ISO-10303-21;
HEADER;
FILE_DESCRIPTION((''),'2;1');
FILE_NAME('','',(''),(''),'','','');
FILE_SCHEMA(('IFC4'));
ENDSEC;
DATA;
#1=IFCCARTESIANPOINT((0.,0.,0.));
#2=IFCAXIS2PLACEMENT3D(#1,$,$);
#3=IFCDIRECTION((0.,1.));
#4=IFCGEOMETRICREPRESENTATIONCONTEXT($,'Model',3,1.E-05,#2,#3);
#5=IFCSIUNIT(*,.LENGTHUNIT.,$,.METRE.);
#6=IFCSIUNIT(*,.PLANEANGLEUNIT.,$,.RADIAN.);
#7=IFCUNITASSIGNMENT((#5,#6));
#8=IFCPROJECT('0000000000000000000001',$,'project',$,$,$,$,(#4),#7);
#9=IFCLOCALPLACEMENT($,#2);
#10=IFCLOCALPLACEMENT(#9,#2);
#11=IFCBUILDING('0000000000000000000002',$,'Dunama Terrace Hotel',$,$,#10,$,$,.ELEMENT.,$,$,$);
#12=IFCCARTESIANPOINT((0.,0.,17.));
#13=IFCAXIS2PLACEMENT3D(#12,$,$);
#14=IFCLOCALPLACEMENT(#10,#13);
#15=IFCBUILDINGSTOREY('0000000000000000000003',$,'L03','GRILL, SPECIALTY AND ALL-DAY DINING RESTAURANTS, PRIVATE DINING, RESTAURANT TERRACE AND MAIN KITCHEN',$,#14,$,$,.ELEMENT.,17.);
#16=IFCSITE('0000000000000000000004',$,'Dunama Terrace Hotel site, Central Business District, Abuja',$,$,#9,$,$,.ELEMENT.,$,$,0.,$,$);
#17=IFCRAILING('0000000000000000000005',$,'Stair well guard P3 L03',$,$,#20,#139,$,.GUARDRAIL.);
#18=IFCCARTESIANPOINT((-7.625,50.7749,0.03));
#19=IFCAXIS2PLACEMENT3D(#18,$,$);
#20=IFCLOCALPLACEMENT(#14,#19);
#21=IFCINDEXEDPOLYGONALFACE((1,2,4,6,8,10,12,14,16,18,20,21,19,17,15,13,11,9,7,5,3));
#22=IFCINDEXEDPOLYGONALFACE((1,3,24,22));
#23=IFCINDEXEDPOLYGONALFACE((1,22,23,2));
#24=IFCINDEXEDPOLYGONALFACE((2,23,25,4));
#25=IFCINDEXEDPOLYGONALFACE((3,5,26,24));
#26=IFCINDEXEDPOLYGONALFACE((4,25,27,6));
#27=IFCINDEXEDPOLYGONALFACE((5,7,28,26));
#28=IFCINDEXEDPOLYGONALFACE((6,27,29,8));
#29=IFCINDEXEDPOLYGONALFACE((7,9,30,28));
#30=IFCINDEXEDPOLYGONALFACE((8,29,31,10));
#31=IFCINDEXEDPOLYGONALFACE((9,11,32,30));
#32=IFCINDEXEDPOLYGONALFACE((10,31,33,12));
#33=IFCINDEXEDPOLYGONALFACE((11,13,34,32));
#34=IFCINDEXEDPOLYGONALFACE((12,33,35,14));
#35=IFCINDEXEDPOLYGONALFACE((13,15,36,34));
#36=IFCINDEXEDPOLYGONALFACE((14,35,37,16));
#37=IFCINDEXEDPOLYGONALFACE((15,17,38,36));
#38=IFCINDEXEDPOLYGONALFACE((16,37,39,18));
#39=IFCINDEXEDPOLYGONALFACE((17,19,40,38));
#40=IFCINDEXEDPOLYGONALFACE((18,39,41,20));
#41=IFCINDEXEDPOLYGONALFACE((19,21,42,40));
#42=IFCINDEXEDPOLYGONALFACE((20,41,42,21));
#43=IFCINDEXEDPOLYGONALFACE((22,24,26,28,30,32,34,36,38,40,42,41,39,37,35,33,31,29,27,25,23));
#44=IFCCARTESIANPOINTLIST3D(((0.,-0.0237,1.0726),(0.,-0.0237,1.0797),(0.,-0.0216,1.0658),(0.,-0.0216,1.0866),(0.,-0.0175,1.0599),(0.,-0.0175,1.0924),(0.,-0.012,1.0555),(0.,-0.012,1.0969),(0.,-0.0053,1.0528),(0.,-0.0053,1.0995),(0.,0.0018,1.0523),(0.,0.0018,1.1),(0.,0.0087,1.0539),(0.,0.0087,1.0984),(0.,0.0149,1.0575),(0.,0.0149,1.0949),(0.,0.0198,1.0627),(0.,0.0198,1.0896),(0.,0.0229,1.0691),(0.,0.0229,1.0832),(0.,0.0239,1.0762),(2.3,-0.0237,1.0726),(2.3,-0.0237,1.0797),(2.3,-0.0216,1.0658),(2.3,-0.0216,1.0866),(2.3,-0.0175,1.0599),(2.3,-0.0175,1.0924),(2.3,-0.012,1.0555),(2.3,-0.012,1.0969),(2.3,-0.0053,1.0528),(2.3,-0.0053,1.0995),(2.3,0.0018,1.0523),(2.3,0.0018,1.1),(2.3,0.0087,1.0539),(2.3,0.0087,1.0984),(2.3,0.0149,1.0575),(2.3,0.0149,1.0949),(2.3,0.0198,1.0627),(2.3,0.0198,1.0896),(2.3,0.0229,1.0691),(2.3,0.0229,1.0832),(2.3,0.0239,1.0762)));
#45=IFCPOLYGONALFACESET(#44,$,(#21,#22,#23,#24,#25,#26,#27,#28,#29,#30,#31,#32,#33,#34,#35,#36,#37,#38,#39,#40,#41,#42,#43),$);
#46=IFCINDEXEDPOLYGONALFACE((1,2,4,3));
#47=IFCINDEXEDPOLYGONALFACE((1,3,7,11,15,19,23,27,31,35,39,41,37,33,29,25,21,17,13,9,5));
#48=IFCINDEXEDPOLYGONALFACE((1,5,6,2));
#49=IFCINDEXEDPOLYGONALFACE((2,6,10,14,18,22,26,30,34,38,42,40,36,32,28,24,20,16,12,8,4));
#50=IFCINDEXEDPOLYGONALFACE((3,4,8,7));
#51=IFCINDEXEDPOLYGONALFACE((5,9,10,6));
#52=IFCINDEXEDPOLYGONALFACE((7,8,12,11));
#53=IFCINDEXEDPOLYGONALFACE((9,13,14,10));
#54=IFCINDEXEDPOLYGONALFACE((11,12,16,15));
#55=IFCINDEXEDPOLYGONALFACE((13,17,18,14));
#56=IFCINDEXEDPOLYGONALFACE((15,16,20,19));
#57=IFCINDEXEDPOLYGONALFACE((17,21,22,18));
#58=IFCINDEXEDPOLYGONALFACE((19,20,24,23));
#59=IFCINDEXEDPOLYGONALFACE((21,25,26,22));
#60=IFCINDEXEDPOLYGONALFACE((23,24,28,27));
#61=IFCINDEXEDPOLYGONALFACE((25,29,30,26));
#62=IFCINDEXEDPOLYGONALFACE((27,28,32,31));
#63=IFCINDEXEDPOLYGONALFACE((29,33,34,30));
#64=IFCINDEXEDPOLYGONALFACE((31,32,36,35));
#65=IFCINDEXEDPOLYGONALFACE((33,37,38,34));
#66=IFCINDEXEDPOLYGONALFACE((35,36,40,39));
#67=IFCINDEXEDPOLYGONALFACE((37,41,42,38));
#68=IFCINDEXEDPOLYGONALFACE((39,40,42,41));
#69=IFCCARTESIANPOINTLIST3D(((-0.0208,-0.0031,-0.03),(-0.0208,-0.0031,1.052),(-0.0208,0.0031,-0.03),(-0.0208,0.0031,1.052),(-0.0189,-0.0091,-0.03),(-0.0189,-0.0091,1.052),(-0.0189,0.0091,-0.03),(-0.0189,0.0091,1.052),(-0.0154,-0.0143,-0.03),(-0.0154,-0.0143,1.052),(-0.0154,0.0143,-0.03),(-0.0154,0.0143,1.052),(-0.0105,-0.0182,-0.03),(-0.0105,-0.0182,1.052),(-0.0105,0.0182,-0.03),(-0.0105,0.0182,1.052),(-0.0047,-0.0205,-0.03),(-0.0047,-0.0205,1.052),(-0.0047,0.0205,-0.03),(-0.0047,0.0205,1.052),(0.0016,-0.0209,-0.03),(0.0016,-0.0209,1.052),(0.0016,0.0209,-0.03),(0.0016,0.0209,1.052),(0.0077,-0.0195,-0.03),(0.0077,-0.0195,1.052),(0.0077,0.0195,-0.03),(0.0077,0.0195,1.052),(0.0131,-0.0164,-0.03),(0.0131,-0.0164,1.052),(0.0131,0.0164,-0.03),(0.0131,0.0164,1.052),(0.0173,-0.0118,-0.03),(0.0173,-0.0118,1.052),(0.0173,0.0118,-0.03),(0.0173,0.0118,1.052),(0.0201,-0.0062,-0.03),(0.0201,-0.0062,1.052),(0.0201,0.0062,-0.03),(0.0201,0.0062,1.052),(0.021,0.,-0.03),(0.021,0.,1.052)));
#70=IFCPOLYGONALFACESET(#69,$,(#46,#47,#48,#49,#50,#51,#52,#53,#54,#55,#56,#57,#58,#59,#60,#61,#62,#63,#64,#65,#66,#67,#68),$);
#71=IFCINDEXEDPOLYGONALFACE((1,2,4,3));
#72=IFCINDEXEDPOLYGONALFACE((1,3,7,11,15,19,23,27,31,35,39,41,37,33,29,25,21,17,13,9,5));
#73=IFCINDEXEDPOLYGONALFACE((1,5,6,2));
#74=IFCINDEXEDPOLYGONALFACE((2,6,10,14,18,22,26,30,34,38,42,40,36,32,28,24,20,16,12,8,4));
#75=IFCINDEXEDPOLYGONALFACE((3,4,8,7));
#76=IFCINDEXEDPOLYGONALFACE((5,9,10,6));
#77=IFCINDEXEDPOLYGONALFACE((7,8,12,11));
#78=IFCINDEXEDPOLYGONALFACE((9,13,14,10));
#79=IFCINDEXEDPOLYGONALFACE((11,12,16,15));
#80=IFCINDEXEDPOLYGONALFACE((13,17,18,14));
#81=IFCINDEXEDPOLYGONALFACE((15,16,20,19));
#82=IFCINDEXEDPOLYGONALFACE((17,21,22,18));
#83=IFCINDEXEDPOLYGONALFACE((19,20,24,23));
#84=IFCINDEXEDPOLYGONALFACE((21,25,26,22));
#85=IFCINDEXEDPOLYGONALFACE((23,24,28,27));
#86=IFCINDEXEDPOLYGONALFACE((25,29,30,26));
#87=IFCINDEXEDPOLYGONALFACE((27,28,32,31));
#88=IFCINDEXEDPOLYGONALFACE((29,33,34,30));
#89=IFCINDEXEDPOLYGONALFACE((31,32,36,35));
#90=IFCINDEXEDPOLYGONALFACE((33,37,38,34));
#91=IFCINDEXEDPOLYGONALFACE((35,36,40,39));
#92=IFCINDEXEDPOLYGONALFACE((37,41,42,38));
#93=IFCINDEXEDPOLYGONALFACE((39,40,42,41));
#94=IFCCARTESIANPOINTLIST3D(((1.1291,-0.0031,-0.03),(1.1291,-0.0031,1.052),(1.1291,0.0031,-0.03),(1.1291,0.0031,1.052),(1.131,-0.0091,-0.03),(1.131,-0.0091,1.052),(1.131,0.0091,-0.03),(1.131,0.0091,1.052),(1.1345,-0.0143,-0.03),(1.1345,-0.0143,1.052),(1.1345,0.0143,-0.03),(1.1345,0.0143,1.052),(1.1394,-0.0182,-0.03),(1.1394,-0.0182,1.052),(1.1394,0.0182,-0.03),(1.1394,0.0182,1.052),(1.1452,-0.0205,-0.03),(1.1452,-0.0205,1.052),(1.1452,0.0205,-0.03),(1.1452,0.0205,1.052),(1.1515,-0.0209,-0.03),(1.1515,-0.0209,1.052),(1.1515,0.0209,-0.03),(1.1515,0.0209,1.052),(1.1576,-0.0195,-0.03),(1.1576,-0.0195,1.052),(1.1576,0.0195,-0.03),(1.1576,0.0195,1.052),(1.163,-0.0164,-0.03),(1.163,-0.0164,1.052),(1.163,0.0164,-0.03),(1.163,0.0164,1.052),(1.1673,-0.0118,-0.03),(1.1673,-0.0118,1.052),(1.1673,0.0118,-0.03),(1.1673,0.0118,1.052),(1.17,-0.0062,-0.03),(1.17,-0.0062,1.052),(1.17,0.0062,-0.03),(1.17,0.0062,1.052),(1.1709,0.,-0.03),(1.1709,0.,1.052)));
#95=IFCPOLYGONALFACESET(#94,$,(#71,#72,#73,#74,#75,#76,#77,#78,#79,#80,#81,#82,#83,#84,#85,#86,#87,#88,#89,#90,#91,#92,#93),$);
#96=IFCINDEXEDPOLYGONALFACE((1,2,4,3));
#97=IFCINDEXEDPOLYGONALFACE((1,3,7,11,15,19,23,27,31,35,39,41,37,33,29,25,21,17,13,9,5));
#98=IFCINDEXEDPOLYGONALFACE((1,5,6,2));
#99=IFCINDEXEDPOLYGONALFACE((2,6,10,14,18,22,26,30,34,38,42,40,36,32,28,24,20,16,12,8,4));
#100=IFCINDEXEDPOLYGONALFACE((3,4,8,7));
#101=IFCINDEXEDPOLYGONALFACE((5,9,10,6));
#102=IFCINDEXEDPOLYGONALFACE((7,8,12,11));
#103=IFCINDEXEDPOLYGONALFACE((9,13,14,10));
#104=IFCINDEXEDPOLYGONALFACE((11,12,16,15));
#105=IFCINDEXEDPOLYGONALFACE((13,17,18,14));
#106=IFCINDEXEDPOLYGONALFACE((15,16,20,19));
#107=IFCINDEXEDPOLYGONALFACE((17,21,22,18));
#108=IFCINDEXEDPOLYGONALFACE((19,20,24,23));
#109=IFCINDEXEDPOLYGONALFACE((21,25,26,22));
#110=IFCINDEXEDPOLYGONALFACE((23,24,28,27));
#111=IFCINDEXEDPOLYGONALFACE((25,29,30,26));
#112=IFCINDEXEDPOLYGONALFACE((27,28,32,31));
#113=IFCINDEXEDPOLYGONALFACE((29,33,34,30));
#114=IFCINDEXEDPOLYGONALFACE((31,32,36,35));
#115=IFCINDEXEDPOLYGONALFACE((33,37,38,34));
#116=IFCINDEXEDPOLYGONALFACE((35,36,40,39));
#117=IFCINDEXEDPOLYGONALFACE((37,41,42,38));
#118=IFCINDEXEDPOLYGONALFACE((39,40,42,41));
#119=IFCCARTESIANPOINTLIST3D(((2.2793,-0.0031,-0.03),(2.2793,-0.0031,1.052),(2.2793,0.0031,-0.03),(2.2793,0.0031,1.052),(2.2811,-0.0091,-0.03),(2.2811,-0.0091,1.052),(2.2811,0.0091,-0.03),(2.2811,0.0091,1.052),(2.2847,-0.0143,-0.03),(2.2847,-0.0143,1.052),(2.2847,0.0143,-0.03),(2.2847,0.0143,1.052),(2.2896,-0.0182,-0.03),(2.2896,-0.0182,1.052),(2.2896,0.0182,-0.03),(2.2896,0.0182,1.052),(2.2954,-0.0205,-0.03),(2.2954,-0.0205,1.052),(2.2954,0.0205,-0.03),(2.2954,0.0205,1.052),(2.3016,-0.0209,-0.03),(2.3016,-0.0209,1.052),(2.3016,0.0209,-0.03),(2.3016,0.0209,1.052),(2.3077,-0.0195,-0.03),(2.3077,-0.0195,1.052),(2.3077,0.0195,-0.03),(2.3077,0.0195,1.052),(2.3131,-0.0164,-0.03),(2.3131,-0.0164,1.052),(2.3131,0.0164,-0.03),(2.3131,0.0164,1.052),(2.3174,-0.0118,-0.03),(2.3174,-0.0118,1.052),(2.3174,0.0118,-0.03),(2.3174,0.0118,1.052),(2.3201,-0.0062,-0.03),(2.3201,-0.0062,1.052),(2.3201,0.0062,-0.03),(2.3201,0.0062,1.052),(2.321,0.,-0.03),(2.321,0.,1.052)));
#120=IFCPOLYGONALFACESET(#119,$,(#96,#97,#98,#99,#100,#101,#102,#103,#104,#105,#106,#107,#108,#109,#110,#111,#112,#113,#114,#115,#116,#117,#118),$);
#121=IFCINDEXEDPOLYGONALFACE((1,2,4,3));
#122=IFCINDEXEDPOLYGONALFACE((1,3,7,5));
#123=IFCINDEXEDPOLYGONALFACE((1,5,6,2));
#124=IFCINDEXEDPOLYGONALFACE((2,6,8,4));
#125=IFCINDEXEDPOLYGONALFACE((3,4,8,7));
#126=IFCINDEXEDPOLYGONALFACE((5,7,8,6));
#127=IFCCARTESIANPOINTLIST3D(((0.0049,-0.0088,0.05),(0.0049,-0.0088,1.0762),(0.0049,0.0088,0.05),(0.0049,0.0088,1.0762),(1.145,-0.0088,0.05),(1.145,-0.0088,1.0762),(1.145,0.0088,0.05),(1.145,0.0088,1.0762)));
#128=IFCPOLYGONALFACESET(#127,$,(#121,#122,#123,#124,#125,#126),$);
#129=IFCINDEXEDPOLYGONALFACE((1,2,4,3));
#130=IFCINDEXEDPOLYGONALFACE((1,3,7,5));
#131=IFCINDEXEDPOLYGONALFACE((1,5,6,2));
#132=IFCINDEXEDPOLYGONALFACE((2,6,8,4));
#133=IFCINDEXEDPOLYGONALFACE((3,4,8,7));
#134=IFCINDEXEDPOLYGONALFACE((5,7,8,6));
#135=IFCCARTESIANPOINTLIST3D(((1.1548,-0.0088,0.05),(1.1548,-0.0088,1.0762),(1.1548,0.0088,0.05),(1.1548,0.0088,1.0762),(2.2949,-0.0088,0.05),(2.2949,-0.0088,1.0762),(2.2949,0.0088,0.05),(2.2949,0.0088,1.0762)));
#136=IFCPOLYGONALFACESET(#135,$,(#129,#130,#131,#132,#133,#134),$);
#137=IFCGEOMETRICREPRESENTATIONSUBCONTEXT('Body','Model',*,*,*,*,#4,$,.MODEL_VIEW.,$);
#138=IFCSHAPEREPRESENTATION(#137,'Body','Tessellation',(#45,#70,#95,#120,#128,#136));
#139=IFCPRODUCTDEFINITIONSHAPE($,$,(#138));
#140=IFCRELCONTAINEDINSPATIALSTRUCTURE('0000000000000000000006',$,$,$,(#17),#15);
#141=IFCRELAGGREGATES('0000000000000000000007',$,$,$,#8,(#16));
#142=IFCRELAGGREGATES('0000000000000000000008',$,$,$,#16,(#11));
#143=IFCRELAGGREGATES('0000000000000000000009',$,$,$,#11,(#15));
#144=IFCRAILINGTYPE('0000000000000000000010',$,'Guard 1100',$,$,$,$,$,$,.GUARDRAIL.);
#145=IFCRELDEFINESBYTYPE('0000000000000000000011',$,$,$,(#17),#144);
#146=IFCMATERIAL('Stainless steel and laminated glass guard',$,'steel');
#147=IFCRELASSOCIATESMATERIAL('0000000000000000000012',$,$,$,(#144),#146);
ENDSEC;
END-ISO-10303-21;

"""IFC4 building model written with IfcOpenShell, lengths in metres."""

from ifc_helpers import new_model, si_unit, direction, frame, origin, origin_2d, place, context, subcontext, project, spatial, polyline, circle, outline, extrude, material, type_object, element, save


model = new_model("IFC4")

# Units and contexts
model_context = context("Model", 3, precision=1e-05, world=origin(), true_north=direction((0.0, 1.0)))
body_context = subcontext(model_context, "Body", "Model", "MODEL_VIEW")
ifc_project = project(units=[si_unit("LENGTHUNIT", "METRE"), si_unit("PLANEANGLEUNIT", "RADIAN")], contexts=[model_context])

# Site, building, storey
site_placement = place(None, origin())
site = spatial("IfcSite", under=ifc_project, at=site_placement, Name="Dunama Terrace Hotel site, Central Business District, Abuja", CompositionType="ELEMENT", RefElevation=0.0)
building_placement = place(site_placement, origin())
building = spatial("IfcBuilding", under=site, at=building_placement, Name="Dunama Terrace Hotel", CompositionType="ELEMENT")
storey_placement = place(building_placement, frame((0.0, 0.0, 17.0)))
storey = spatial("IfcBuildingStorey", under=building, at=storey_placement, Name="L03", Description="GRILL, SPECIALTY AND ALL-DAY DINING RESTAURANTS, PRIVATE DINING, RESTAURANT TERRACE AND MAIN KITCHEN", CompositionType="ELEMENT", Elevation=17.0)

# Railing
ifc_material_1 = material(Name="Stainless steel and laminated glass guard", Category="steel")
railing_type = type_object("IfcRailingType", Name="Guard 1100", PredefinedType="GUARDRAIL", material=ifc_material_1)
railing_1_placement = place(storey_placement, frame((-7.625, 50.7749, 0.03)))
element("IfcRailing", 1, at=railing_1_placement, inside=storey, type_object=railing_type, Name="Stair well guard P3 L03", PredefinedType="GUARDRAIL", context=body_context, shape_type="SweptSolid", body=[
    extrude(circle(Radius=0.0239, at=origin_2d()), frame((0.0, 0.0, 1.0762), z_axis=(1.0, 0.0, 0.0), x_axis=(0.0, 1.0, 0.0)), (0.0, 0.0, 1.0), 2.3),
    extrude(circle(Radius=0.021, at=origin_2d()), frame((0.0, 0.0, -0.03)), (0.0, 0.0, 1.0), 1.082),
    extrude(circle(Radius=0.021, at=origin_2d()), frame((1.1499, 0.0, -0.03)), (0.0, 0.0, 1.0), 1.082),
    extrude(circle(Radius=0.021, at=origin_2d()), frame((2.3, 0.0, -0.03)), (0.0, 0.0, 1.0), 1.082),
    extrude(outline(polyline([(0.0049, 0.05), (1.145, 0.05), (1.145, 1.0762), (0.0049, 1.0762), (0.0049, 0.05)])), frame((0.0, 0.0088, 0.0), z_axis=(0.0, -1.0, 0.0), x_axis=(1.0, 0.0, 0.0)), (0.0, 0.0, 1.0), 0.0176),
    extrude(outline(polyline([(0.0049, 0.05), (1.145, 0.05), (1.145, 1.0762), (0.0049, 1.0762), (0.0049, 0.05)])), frame((1.1499, 0.0088, 0.0), z_axis=(0.0, -1.0, 0.0), x_axis=(1.0, 0.0, 0.0)), (0.0, 0.0, 1.0), 0.0176),
])

save(model, "model.ifc")
